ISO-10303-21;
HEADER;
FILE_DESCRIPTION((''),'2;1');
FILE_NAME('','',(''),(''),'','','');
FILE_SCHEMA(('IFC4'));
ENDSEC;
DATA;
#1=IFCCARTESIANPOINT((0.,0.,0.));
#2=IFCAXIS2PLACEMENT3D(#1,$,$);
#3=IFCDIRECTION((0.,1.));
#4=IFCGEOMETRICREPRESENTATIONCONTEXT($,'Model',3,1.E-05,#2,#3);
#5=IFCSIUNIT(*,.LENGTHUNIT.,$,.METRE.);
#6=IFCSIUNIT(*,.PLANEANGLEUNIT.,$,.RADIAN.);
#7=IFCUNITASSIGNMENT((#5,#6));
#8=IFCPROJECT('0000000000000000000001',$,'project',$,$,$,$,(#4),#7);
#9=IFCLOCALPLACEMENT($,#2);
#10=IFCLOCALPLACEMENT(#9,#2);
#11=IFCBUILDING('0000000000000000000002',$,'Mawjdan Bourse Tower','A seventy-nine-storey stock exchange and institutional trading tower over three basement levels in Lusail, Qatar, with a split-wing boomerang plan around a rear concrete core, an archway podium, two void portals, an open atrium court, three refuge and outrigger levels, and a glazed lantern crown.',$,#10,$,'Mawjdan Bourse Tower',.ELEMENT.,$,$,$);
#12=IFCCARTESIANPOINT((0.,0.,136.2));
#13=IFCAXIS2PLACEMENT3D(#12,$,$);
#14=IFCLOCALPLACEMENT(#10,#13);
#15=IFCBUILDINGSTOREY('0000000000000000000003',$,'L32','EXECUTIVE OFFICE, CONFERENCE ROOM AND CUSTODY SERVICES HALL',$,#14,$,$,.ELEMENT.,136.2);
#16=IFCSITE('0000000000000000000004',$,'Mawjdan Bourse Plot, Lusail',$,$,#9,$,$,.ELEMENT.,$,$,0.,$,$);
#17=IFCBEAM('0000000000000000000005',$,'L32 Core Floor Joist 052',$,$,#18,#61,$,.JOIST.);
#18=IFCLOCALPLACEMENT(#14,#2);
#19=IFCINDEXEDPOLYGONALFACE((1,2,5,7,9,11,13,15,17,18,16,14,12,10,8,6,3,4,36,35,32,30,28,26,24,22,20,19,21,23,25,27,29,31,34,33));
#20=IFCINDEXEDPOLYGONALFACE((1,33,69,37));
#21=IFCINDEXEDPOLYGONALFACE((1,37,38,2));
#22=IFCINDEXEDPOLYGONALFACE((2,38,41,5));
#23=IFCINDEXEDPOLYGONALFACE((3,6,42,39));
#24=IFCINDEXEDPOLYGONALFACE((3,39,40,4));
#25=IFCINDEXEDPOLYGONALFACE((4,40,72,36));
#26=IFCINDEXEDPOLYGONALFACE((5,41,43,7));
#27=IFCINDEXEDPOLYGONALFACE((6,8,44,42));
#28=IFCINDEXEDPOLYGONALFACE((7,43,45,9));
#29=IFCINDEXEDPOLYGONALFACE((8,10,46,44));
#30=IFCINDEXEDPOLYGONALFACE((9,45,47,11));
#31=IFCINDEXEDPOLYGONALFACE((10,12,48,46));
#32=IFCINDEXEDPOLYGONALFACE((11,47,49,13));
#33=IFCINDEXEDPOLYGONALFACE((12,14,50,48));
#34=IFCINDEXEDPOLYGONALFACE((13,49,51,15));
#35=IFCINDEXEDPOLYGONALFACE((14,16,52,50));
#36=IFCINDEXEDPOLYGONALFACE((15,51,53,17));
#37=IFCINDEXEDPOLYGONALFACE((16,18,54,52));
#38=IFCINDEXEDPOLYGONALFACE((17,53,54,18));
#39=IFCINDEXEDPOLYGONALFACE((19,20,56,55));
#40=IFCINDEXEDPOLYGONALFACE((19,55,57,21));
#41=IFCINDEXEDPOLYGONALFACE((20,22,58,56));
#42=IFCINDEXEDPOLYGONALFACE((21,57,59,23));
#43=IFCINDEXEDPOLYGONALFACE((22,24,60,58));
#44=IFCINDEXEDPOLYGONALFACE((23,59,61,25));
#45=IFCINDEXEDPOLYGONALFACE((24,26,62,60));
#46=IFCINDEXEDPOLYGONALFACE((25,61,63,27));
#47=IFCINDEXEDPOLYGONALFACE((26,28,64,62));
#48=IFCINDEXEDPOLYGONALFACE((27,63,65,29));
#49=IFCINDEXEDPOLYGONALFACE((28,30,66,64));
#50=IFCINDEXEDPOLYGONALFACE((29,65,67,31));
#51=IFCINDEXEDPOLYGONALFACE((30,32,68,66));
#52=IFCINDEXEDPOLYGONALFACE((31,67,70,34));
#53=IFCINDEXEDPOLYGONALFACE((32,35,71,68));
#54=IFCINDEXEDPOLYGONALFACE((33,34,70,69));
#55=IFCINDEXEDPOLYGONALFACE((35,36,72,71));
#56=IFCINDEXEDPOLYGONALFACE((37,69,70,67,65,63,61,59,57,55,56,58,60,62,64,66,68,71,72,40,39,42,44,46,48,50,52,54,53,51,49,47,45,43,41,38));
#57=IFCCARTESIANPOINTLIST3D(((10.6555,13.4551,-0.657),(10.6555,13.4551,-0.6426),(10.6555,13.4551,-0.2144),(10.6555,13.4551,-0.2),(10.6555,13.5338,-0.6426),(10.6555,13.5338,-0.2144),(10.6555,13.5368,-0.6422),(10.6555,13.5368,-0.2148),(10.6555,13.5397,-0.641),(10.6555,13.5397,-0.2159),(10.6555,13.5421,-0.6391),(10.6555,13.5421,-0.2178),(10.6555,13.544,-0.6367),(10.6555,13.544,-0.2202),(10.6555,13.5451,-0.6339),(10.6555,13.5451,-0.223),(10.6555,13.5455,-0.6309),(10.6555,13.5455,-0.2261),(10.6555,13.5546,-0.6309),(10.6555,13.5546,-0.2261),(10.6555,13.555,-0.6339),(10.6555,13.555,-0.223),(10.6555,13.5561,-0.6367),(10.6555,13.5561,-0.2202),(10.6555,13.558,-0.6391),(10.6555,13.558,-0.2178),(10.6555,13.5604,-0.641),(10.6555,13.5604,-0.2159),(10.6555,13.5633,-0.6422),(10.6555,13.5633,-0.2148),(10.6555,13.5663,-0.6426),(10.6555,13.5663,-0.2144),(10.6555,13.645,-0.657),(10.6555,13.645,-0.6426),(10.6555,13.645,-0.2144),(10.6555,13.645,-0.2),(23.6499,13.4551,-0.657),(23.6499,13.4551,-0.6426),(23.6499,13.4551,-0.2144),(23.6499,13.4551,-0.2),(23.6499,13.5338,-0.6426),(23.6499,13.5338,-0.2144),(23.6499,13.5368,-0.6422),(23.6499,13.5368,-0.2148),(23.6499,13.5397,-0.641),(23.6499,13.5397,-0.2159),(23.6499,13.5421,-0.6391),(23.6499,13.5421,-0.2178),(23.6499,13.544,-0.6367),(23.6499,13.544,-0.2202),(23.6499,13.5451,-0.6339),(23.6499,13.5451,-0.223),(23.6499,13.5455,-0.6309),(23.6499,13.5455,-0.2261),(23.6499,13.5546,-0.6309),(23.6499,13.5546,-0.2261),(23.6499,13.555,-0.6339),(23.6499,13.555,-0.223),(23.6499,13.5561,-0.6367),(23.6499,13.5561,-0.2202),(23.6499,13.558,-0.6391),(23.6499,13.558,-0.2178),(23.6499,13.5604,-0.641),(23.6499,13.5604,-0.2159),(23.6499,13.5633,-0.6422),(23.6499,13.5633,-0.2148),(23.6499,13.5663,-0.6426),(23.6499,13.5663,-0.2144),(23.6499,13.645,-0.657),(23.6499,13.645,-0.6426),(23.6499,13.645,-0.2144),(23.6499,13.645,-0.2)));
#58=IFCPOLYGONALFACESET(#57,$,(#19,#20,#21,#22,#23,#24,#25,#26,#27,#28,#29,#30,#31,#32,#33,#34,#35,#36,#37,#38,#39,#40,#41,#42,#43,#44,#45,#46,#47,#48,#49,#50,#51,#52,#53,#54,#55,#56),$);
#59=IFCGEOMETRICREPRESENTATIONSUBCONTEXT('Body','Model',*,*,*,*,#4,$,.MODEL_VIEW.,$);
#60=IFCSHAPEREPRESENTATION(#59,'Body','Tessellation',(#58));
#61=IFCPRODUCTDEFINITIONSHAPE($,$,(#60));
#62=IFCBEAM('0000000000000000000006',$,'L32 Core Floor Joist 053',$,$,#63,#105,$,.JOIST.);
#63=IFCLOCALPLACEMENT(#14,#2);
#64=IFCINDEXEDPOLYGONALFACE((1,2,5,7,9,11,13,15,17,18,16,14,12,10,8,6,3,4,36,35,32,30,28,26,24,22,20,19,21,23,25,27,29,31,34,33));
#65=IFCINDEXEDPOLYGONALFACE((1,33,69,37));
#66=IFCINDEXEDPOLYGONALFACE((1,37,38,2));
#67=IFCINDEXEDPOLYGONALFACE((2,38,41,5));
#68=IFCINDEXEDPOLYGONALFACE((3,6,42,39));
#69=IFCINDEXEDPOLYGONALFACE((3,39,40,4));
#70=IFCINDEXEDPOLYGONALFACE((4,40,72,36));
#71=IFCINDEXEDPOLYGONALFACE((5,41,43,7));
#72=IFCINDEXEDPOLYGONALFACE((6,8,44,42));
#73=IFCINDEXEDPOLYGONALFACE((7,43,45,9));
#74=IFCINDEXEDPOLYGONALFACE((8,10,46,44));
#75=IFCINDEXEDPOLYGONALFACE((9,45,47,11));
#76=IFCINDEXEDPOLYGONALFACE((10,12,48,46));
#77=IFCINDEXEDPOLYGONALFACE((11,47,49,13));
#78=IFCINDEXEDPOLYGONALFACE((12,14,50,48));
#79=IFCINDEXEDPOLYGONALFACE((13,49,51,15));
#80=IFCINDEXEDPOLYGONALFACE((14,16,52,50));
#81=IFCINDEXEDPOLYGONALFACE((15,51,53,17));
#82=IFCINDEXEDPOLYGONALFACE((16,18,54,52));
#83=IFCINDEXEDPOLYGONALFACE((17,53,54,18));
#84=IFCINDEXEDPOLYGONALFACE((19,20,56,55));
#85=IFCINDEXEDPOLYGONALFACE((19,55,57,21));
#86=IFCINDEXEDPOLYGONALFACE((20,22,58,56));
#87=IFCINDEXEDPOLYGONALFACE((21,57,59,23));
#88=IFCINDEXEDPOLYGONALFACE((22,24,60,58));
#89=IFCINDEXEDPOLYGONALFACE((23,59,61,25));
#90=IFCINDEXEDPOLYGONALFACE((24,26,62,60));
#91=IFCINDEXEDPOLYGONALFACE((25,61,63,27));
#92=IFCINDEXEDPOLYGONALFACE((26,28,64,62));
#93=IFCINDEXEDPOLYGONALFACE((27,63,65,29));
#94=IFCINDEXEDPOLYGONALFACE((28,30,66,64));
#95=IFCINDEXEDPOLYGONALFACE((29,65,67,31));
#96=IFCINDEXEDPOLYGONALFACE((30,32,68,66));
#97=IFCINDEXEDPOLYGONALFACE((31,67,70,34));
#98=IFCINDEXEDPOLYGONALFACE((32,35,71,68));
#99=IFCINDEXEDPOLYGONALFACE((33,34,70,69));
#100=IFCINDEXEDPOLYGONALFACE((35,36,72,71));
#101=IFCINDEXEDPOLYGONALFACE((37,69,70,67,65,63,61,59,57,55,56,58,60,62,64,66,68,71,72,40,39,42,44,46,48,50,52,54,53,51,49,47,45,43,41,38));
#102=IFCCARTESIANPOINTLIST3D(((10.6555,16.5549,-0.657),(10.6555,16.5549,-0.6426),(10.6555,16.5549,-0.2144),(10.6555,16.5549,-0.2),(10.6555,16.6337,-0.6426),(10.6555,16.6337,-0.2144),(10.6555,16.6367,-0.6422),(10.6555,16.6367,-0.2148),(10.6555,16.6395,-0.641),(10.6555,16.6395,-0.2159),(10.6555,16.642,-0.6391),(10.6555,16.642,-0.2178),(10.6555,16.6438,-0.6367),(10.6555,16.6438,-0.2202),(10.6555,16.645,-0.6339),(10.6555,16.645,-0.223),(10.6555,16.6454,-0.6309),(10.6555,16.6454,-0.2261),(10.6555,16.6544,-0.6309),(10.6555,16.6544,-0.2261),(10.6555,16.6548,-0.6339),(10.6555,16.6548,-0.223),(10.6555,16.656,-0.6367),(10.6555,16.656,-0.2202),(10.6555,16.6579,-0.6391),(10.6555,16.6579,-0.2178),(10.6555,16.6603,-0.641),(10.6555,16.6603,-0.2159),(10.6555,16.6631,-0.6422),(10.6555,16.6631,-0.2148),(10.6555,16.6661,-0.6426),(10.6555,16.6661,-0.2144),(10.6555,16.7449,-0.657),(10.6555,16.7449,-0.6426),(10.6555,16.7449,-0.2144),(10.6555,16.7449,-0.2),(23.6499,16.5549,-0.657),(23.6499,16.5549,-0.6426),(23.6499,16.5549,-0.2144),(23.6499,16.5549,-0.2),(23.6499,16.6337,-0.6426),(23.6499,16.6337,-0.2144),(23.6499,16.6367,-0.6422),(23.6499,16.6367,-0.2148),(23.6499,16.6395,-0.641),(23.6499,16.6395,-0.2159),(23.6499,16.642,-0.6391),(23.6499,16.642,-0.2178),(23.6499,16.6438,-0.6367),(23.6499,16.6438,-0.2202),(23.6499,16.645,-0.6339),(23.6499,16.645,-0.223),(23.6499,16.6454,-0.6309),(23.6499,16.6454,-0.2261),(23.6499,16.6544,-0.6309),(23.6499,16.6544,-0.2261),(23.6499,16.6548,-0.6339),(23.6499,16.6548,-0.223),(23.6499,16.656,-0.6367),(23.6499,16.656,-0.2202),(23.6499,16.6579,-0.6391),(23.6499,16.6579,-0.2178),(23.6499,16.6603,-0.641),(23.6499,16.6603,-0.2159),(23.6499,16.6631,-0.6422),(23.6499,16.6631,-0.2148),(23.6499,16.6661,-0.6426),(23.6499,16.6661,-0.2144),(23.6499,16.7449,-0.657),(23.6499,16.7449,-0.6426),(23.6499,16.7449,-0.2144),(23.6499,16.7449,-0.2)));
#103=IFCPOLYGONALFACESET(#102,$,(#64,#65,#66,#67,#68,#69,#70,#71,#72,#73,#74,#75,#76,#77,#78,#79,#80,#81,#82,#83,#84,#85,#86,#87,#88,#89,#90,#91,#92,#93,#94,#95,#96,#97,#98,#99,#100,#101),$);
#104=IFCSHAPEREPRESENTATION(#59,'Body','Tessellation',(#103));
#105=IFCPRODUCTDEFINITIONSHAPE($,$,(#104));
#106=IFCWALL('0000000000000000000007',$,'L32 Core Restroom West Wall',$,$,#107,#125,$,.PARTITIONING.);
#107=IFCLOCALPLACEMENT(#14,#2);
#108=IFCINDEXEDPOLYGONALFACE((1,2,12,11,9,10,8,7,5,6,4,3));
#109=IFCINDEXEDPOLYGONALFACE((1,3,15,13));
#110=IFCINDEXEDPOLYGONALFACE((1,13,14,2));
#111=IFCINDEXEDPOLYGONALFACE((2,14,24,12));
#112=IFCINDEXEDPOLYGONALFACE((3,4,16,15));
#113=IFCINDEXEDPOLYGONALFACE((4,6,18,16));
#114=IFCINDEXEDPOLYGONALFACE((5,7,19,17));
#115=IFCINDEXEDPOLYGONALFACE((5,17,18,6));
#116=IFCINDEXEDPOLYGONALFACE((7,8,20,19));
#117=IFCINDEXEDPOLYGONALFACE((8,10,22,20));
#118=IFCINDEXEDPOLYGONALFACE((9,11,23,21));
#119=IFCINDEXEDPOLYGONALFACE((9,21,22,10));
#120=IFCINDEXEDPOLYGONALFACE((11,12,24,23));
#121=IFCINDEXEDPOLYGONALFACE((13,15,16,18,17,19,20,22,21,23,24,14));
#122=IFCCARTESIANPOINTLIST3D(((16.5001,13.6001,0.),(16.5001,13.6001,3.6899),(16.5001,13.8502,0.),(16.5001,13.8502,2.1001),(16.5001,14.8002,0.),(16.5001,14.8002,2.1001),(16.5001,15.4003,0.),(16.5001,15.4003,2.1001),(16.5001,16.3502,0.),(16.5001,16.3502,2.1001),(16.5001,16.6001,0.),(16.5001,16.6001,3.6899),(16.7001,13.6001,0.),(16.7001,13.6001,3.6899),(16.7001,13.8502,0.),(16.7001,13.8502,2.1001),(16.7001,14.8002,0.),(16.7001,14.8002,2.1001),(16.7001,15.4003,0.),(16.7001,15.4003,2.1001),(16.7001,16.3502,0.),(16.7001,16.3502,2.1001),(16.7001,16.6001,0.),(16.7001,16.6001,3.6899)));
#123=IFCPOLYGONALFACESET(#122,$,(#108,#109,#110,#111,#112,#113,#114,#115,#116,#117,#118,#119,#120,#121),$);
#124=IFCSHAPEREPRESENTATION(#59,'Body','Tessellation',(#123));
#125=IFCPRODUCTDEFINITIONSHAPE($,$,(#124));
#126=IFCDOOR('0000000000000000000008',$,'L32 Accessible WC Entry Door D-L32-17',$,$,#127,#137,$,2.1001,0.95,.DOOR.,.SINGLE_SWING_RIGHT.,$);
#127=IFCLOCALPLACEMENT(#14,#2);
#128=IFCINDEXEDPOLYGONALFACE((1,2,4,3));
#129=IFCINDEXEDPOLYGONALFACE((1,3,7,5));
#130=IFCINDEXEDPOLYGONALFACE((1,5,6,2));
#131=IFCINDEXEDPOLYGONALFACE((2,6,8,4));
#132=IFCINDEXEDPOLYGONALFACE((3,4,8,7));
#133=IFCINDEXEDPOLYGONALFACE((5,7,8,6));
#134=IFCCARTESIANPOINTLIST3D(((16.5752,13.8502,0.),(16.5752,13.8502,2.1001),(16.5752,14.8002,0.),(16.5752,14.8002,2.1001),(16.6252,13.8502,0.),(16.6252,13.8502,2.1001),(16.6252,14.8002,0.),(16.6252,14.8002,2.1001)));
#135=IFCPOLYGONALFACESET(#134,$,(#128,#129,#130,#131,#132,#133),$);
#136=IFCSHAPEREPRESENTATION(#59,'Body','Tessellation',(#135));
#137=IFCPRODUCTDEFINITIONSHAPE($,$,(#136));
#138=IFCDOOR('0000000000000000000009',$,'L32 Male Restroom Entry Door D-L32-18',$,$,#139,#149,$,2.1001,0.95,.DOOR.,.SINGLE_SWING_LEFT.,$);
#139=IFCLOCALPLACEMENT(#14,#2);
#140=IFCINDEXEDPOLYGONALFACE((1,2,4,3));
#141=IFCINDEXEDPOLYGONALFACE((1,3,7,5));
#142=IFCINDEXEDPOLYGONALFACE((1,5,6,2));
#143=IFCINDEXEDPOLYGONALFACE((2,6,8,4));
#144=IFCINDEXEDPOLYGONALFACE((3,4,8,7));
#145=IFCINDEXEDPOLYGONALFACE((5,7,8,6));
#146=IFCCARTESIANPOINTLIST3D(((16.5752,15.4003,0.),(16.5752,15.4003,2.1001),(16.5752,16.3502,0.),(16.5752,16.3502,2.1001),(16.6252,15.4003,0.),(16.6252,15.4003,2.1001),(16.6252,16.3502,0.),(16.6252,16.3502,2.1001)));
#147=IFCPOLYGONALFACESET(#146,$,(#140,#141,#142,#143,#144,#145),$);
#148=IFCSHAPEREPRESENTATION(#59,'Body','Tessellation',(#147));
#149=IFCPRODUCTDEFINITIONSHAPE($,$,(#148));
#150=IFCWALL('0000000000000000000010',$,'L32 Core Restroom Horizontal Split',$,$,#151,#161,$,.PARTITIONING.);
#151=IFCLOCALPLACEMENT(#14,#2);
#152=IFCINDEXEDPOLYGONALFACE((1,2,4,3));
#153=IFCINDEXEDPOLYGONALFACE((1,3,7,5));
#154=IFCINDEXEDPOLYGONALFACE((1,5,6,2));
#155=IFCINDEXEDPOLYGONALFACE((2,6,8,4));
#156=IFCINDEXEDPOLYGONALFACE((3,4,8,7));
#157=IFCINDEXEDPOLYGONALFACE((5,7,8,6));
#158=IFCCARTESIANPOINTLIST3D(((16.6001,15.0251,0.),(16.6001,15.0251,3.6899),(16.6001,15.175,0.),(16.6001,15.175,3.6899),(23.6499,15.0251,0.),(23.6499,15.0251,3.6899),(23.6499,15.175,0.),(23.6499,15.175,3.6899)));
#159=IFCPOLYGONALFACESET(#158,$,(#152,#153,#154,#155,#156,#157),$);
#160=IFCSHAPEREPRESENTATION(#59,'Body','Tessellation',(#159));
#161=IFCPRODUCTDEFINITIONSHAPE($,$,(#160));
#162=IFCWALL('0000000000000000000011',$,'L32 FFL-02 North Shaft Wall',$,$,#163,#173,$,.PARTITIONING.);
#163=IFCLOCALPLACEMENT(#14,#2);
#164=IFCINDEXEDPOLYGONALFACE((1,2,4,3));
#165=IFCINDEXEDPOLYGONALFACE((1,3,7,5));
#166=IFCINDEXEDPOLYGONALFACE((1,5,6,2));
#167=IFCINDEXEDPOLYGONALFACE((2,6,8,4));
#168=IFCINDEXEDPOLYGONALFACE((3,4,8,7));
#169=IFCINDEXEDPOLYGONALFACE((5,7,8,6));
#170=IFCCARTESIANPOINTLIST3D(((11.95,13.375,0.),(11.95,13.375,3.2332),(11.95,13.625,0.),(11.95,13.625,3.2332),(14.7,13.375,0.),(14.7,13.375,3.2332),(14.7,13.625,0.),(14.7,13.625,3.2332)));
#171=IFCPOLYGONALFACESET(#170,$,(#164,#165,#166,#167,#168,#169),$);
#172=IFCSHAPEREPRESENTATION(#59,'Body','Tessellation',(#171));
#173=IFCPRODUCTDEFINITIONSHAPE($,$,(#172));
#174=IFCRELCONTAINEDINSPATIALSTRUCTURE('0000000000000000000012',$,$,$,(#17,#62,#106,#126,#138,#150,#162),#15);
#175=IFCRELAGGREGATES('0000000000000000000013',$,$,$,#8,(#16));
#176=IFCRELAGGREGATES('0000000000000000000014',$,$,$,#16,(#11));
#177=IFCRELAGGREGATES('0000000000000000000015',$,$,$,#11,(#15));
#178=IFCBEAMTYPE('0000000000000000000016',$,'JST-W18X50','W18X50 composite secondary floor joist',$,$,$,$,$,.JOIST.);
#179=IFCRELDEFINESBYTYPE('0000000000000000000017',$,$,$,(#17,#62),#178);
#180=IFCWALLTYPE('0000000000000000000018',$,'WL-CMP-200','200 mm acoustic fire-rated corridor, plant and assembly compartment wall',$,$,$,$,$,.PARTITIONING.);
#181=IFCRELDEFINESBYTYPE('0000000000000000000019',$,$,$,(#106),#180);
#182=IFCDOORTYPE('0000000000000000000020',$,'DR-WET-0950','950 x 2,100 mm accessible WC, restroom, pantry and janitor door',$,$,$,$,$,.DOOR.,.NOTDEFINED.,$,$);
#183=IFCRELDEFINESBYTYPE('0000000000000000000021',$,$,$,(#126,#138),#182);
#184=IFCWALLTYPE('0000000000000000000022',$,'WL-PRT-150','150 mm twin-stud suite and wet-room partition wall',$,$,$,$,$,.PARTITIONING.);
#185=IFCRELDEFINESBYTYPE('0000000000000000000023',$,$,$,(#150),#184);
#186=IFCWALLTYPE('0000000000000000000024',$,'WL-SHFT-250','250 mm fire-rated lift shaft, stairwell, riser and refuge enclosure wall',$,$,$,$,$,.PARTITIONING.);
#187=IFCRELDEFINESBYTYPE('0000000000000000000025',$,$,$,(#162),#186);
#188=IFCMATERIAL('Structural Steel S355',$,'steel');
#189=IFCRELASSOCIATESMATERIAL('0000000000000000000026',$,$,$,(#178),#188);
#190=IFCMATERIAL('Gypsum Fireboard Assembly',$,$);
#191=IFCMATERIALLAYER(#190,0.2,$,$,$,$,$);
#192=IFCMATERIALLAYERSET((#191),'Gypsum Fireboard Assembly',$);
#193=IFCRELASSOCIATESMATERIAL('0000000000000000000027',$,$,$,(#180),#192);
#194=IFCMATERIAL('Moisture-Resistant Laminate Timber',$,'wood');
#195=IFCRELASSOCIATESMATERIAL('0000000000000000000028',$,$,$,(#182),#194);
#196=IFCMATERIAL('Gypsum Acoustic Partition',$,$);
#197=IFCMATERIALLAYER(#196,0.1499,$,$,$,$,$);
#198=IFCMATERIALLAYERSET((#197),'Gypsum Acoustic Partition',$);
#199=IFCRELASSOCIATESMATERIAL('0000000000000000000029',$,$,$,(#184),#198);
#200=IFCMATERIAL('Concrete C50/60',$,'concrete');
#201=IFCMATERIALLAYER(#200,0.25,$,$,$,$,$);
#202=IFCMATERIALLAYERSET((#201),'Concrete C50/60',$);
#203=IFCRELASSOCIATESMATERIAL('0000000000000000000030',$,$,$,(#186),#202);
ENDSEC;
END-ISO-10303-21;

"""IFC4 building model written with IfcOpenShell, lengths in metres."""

from ifc_helpers import new_model, si_unit, direction, frame, frame_2d, origin, origin_2d, place, context, subcontext, project, spatial, rectangle, i_section, extrude, material, layer, layer_set, material_profile, profile_set, type_object, element, fill, save


model = new_model("IFC4")

# Units and contexts
model_context = context("Model", 3, precision=1e-05, world=origin(), true_north=direction((0.0, 1.0)))
body_context = subcontext(model_context, "Body", "Model", "MODEL_VIEW")
ifc_project = project(units=[si_unit("LENGTHUNIT", "METRE"), si_unit("PLANEANGLEUNIT", "RADIAN")], contexts=[model_context])

# Site, building, storey
site_placement = place(None, origin())
site = spatial("IfcSite", under=ifc_project, at=site_placement, Name="Mawjdan Bourse Plot, Lusail", CompositionType="ELEMENT", RefElevation=0.0)
building_placement = place(site_placement, origin())
building = spatial("IfcBuilding", under=site, at=building_placement, Name="Mawjdan Bourse Tower", Description="A seventy-nine-storey stock exchange and institutional trading tower over three basement levels in Lusail, Qatar, with a split-wing boomerang plan around a rear concrete core, an archway podium, two void portals, an open atrium court, three refuge and outrigger levels, and a glazed lantern crown.", LongName="Mawjdan Bourse Tower", CompositionType="ELEMENT")
storey_placement = place(building_placement, frame((0.0, 0.0, 136.2)))
storey = spatial("IfcBuildingStorey", under=building, at=storey_placement, Name="L32", Description="EXECUTIVE OFFICE, CONFERENCE ROOM AND CUSTODY SERVICES HALL", CompositionType="ELEMENT", Elevation=136.2)

# Beams
ifc_material_1 = material(Name="Structural Steel S355", Category="steel")
ifc_material_profile = material_profile(ifc_material_1, i_section(OverallWidth=0.1899, OverallDepth=0.457, WebThickness=0.009, FlangeThickness=0.0144, FilletRadius=0.0117, at=origin_2d()), Name="W18X50")
ifc_profile_set = profile_set([ifc_material_profile], Name="Structural Steel S355")
beam_type = type_object("IfcBeamType", Name="JST-W18X50", Description="W18X50 composite secondary floor joist", PredefinedType="JOIST", material=ifc_profile_set)
for number, where, z_axis, x_axis, name in (
    (1, (10.6555, 13.55, -0.4285), (1.0, 0.0, 0.0), (0.0, 1.0, 0.0), "L32 Core Floor Joist 052"),
    (2, (10.6555, 16.6499, -0.4285), (1.0, 0.0, 0.0), (0.0, 1.0, 0.0), "L32 Core Floor Joist 053"),
):
    element("IfcBeam", number, at=place(storey_placement, frame(where, z_axis=z_axis, x_axis=x_axis)), inside=storey, type_object=beam_type, Name=name, PredefinedType="JOIST", context=body_context, shape_type="SweptSolid", body=[
        extrude(i_section(OverallWidth=0.1899, OverallDepth=0.457, WebThickness=0.009, FlangeThickness=0.0144, FilletRadius=0.0117, at=origin_2d()), origin(), (0.0, 0.0, 1.0), 12.9944),
    ])

# Wall, openings, doors
ifc_material_2 = material(Name="Gypsum Fireboard Assembly")
ifc_layer_1 = layer(ifc_material_2, 0.2)
ifc_layer_set_1 = layer_set([ifc_layer_1], Name="Gypsum Fireboard Assembly")
wall_type_1 = type_object("IfcWallType", Name="WL-CMP-200", Description="200 mm acoustic fire-rated corridor, plant and assembly compartment wall", PredefinedType="PARTITIONING", material=ifc_layer_set_1)
wall_1_placement = place(storey_placement, frame((16.6001, 13.6001, 0.0), z_axis=(0.0, 0.0, 1.0), x_axis=(0.0, 1.0, 0.0)))
wall_1 = element("IfcWall", 3, at=wall_1_placement, inside=storey, type_object=wall_type_1, Name="L32 Core Restroom West Wall", PredefinedType="PARTITIONING", context=body_context, shape_type="SweptSolid", body=[
    extrude(rectangle(XDim=3.0, YDim=0.2, at=frame_2d((1.5, 0.0))), origin(), (0.0, 0.0, 1.0), 3.6899),
])
opening_1_placement = place(wall_1_placement, frame((0.25, 0.0, 0.0)))
opening_1 = element("IfcOpeningElement", 4, at=opening_1_placement, cuts=wall_1, PredefinedType="OPENING", context=body_context, shape_type="SweptSolid", body=[
    extrude(rectangle(XDim=0.95, YDim=2.1001, at=frame_2d((0.4751, 1.05))), frame((0.0, 0.1099, 0.0), z_axis=(0.0, -1.0, 0.0), x_axis=(1.0, 0.0, 0.0)), (0.0, 0.0, 1.0), 0.22),
])
opening_2_placement = place(wall_1_placement, frame((1.8, 0.0, 0.0)))
opening_2 = element("IfcOpeningElement", 5, at=opening_2_placement, cuts=wall_1, PredefinedType="OPENING", context=body_context, shape_type="SweptSolid", body=[
    extrude(rectangle(XDim=0.95, YDim=2.1001, at=frame_2d((0.4751, 1.05))), frame((0.0, 0.1099, 0.0), z_axis=(0.0, -1.0, 0.0), x_axis=(1.0, 0.0, 0.0)), (0.0, 0.0, 1.0), 0.22),
])
ifc_material_3 = material(Name="Moisture-Resistant Laminate Timber", Category="wood")
door_type_1 = type_object("IfcDoorType", Name="DR-WET-0950", Description="950 x 2,100 mm accessible WC, restroom, pantry and janitor door", OperationType="NOTDEFINED", PredefinedType="DOOR", material=ifc_material_3)
door_1_placement = place(opening_1_placement, origin())
door_1 = element("IfcDoor", 6, at=door_1_placement, inside=storey, type_object=door_type_1, Name="L32 Accessible WC Entry Door D-L32-17", OperationType="SINGLE_SWING_RIGHT", OverallHeight=2.1001, OverallWidth=0.95, PredefinedType="DOOR", context=body_context, shape_type="SweptSolid", body=[
    extrude(rectangle(XDim=0.95, YDim=2.1001, at=frame_2d((0.4751, 1.05))), frame((0.0, 0.0249, 0.0), z_axis=(0.0, -1.0, 0.0), x_axis=(1.0, 0.0, 0.0)), (0.0, 0.0, 1.0), 0.05),
])
fill(opening_1, door_1)
door_2_placement = place(opening_2_placement, origin())
door_2 = element("IfcDoor", 7, at=door_2_placement, inside=storey, type_object=door_type_1, Name="L32 Male Restroom Entry Door D-L32-18", OperationType="SINGLE_SWING_LEFT", OverallHeight=2.1001, OverallWidth=0.95, PredefinedType="DOOR", context=body_context, shape_type="SweptSolid", body=[
    extrude(rectangle(XDim=0.95, YDim=2.1001, at=frame_2d((0.4751, 1.05))), frame((0.0, 0.0249, 0.0), z_axis=(0.0, -1.0, 0.0), x_axis=(1.0, 0.0, 0.0)), (0.0, 0.0, 1.0), 0.05),
])
fill(opening_2, door_2)

# Walls
ifc_material_4 = material(Name="Gypsum Acoustic Partition")
ifc_layer_2 = layer(ifc_material_4, 0.1499)
ifc_layer_set_2 = layer_set([ifc_layer_2], Name="Gypsum Acoustic Partition")
wall_type_2 = type_object("IfcWallType", Name="WL-PRT-150", Description="150 mm twin-stud suite and wet-room partition wall", PredefinedType="PARTITIONING", material=ifc_layer_set_2)
wall_2_placement = place(storey_placement, frame((16.6001, 15.1001, 0.0), z_axis=(0.0, 0.0, 1.0), x_axis=(1.0, 0.0, 0.0)))
element("IfcWall", 8, at=wall_2_placement, inside=storey, type_object=wall_type_2, Name="L32 Core Restroom Horizontal Split", PredefinedType="PARTITIONING", context=body_context, shape_type="SweptSolid", body=[
    extrude(rectangle(XDim=7.0498, YDim=0.1499, at=frame_2d((3.5249, 0.0))), origin(), (0.0, 0.0, 1.0), 3.6899),
])
ifc_material_5 = material(Name="Concrete C50/60", Category="concrete")
ifc_layer_3 = layer(ifc_material_5, 0.25)
ifc_layer_set_3 = layer_set([ifc_layer_3], Name="Concrete C50/60")
wall_type_3 = type_object("IfcWallType", Name="WL-SHFT-250", Description="250 mm fire-rated lift shaft, stairwell, riser and refuge enclosure wall", PredefinedType="PARTITIONING", material=ifc_layer_set_3)
wall_3_placement = place(storey_placement, frame((11.95, 13.5, 0.0), z_axis=(0.0, 0.0, 1.0), x_axis=(1.0, 0.0, 0.0)))
element("IfcWall", 9, at=wall_3_placement, inside=storey, type_object=wall_type_3, Name="L32 FFL-02 North Shaft Wall", PredefinedType="PARTITIONING", context=body_context, shape_type="SweptSolid", body=[
    extrude(rectangle(XDim=2.75, YDim=0.25, at=frame_2d((1.375, 0.0))), origin(), (0.0, 0.0, 1.0), 3.2332),
])

save(model, "model.ifc")
